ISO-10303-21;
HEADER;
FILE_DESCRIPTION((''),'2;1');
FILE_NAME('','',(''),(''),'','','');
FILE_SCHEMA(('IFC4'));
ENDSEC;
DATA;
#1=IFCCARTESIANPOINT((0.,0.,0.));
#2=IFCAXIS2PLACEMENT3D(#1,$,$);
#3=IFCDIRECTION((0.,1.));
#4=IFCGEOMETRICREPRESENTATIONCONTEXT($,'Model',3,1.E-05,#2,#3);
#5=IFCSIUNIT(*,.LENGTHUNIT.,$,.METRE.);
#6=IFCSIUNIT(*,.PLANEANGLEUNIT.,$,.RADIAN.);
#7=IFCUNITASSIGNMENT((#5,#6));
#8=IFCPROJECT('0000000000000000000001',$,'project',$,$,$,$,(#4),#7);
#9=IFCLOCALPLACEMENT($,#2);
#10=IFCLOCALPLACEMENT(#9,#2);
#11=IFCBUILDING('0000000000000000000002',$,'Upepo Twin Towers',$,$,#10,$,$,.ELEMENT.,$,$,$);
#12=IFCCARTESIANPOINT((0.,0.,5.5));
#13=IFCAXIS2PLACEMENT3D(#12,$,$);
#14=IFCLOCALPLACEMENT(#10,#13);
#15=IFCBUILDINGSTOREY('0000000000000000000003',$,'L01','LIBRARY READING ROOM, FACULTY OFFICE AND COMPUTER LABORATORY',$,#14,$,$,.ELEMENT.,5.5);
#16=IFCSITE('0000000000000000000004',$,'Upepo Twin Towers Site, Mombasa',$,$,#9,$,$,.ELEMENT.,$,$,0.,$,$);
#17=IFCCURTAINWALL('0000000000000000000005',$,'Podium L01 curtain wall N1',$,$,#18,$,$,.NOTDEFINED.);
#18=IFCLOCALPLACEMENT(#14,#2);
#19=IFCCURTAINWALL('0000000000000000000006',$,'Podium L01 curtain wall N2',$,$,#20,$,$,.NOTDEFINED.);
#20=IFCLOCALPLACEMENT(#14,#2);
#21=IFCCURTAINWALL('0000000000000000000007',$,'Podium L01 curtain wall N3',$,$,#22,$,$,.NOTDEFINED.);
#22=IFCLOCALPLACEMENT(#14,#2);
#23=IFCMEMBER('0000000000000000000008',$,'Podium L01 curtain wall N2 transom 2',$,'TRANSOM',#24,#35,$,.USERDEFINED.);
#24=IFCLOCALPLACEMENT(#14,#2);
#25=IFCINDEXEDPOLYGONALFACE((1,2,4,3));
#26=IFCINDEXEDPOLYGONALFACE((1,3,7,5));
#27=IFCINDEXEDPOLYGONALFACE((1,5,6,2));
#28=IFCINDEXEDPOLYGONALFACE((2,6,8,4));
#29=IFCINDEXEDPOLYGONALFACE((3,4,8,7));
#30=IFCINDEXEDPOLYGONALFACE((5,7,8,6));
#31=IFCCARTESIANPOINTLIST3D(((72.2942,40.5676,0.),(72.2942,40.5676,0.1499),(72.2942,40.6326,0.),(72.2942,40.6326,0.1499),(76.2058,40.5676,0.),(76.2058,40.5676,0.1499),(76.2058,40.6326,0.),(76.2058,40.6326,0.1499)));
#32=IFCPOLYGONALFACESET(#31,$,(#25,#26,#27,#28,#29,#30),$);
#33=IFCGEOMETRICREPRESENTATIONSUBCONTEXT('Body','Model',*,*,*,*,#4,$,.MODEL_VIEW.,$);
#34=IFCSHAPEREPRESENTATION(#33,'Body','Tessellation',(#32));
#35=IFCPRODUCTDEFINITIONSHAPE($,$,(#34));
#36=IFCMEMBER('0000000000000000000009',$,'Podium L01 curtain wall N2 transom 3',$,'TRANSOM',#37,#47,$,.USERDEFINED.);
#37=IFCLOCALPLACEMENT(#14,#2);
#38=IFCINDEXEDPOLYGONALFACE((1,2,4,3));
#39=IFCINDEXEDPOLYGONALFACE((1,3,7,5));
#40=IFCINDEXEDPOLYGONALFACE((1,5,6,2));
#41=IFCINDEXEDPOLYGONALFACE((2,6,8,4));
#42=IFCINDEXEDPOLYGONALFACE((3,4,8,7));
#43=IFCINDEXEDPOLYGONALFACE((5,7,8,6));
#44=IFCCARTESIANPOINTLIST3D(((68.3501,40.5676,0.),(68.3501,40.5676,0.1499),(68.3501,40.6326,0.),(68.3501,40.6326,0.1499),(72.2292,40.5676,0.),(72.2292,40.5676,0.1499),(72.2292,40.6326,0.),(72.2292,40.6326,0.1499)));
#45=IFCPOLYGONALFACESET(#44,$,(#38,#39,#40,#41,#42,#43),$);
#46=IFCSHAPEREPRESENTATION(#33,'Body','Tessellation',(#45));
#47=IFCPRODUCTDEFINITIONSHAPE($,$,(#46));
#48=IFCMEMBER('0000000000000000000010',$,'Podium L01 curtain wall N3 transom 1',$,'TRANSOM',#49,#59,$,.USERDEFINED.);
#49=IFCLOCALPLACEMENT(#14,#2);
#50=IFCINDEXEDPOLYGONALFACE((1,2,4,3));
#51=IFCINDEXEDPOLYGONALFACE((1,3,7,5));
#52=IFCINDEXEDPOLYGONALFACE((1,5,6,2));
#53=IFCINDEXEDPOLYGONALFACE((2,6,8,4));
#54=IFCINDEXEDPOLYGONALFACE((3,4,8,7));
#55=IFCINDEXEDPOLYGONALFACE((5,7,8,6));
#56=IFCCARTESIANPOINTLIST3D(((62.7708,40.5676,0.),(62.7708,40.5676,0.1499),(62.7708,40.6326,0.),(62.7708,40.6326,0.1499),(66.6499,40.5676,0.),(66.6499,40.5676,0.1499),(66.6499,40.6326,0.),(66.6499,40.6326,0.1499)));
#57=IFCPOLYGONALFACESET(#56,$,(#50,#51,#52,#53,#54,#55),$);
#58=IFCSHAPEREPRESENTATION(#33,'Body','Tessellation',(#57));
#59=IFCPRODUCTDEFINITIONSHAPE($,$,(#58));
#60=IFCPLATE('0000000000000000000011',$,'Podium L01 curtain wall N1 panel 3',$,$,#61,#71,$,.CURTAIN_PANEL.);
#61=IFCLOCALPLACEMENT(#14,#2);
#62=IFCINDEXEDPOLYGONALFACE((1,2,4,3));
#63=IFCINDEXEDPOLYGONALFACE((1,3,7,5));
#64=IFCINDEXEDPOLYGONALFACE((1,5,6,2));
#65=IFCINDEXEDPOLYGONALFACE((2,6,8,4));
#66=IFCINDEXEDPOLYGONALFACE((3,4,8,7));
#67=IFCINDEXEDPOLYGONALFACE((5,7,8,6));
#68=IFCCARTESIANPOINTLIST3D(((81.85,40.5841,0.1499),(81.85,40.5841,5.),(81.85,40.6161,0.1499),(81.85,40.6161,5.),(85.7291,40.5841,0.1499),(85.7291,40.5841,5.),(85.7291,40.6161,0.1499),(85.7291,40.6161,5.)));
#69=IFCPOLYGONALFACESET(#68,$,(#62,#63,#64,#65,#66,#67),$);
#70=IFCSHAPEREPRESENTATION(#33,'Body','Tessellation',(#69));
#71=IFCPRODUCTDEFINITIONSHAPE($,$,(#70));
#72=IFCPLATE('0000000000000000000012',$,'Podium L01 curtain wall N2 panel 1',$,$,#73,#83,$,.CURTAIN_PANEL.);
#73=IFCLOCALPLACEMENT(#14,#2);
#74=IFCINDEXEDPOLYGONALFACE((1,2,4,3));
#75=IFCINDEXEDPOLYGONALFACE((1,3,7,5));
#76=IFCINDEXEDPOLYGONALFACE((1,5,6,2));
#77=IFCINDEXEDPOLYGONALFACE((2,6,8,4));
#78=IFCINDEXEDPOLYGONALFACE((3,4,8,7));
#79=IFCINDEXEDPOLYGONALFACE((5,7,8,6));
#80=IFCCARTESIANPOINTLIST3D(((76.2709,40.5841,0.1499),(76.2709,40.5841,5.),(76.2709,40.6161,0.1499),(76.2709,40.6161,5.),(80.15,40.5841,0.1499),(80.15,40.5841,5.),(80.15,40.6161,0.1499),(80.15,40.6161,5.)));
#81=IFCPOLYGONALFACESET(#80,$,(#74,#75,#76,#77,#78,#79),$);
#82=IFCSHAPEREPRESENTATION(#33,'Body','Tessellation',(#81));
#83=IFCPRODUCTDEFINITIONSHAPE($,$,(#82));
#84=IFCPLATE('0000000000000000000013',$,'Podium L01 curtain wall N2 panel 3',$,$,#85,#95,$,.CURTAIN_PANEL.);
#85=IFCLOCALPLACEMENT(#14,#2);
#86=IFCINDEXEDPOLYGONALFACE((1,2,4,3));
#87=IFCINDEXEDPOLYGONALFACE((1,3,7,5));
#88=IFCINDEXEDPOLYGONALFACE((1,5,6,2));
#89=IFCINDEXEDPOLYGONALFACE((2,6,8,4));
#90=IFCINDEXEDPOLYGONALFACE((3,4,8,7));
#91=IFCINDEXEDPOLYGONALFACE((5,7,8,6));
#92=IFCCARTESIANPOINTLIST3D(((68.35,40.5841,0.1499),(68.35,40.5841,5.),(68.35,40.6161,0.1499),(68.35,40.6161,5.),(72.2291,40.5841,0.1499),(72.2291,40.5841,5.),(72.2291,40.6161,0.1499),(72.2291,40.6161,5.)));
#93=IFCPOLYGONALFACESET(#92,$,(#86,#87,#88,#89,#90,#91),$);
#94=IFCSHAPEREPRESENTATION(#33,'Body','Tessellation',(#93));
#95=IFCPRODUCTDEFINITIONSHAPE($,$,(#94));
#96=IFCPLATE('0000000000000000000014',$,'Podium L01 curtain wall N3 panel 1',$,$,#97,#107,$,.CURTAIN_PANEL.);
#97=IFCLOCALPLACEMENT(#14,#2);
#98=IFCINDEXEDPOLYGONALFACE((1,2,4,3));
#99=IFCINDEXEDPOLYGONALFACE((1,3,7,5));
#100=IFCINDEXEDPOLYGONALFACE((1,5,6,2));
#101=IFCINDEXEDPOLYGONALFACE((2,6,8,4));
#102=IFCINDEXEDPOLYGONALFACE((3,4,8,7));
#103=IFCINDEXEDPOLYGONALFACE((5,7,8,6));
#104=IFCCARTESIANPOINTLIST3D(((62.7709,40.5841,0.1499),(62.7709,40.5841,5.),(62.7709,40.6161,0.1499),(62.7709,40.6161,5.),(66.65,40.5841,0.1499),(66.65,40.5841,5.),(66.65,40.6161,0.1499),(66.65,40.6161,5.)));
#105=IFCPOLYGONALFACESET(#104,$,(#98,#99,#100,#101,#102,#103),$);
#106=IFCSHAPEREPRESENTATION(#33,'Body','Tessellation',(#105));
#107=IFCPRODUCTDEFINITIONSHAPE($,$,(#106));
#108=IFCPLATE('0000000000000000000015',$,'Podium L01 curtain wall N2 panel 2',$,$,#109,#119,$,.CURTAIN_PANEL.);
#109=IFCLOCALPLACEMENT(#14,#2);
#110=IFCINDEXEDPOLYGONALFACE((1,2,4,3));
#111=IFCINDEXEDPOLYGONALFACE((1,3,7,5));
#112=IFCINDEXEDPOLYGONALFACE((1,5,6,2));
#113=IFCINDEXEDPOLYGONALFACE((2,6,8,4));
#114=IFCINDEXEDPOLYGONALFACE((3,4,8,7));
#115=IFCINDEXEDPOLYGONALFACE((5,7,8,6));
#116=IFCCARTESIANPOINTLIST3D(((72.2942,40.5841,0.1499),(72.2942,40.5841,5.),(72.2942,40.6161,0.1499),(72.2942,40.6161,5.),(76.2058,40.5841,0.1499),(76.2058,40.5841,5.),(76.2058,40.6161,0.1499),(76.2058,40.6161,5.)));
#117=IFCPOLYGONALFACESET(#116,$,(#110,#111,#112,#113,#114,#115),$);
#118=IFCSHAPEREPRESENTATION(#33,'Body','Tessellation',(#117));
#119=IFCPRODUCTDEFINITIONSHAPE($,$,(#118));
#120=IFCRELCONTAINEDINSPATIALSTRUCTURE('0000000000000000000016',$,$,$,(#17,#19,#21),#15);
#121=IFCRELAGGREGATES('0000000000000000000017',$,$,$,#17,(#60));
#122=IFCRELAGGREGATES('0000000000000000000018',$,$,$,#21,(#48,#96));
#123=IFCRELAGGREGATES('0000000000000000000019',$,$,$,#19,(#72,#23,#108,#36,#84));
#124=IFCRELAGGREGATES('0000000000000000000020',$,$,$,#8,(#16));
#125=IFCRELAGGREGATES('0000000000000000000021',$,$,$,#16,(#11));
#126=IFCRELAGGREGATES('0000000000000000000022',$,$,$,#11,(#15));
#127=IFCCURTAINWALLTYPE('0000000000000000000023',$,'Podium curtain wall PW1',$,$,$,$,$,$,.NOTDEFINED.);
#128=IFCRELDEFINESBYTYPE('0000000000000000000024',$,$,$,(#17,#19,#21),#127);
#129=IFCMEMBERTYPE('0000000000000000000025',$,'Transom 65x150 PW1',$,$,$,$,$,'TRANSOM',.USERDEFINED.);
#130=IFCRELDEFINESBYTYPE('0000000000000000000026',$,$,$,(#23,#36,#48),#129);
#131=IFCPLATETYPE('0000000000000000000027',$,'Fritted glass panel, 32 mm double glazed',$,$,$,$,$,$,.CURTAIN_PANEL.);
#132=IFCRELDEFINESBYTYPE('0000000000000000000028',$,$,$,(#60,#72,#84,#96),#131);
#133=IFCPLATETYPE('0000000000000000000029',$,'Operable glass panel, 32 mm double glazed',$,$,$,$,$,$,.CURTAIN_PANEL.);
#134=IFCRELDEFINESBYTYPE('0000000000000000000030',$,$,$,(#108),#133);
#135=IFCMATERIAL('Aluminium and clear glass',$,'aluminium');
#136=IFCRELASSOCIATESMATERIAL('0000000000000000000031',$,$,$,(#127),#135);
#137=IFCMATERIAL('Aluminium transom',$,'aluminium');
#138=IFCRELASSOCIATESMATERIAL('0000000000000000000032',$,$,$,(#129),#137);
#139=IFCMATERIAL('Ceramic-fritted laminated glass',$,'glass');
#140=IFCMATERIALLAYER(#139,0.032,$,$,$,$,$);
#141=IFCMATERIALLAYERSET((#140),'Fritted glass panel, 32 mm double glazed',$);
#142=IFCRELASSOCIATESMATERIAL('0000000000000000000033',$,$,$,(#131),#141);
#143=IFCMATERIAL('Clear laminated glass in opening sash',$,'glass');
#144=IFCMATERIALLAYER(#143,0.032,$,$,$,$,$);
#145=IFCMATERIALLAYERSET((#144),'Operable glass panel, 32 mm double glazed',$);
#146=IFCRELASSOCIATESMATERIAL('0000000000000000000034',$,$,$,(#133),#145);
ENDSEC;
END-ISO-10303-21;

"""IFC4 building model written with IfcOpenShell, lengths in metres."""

from ifc_helpers import new_model, si_unit, direction, frame, origin, origin_2d, place, context, subcontext, project, spatial, rectangle, extrude, material, layer, layer_set, material_profile, profile_set, type_object, element, aggregate, save


model = new_model("IFC4")

# Units and contexts
model_context = context("Model", 3, precision=1e-05, world=origin(), true_north=direction((0.0, 1.0)))
body_context = subcontext(model_context, "Body", "Model", "MODEL_VIEW")
ifc_project = project(units=[si_unit("LENGTHUNIT", "METRE"), si_unit("PLANEANGLEUNIT", "RADIAN")], contexts=[model_context])

# Site, building, storey
site_placement = place(None, origin())
site = spatial("IfcSite", under=ifc_project, at=site_placement, Name="Upepo Twin Towers Site, Mombasa", CompositionType="ELEMENT", RefElevation=0.0)
building_placement = place(site_placement, origin())
building = spatial("IfcBuilding", under=site, at=building_placement, Name="Upepo Twin Towers", CompositionType="ELEMENT")
storey_placement = place(building_placement, frame((0.0, 0.0, 5.5)))
storey = spatial("IfcBuildingStorey", under=building, at=storey_placement, Name="L01", Description="LIBRARY READING ROOM, FACULTY OFFICE AND COMPUTER LABORATORY", CompositionType="ELEMENT", Elevation=5.5)

# Curtain wall
ifc_material_1 = material(Name="Aluminium and clear glass", Category="aluminium")
curtain_wall_type = type_object("IfcCurtainWallType", Name="Podium curtain wall PW1", PredefinedType="NOTDEFINED", material=ifc_material_1)
curtain_wall_1_placement = place(storey_placement, origin())
curtain_wall_1 = element("IfcCurtainWall", 1, at=curtain_wall_1_placement, inside=storey, type_object=curtain_wall_type, Name="Podium L01 curtain wall N1", PredefinedType="NOTDEFINED")

# Curtain wall
curtain_wall_2_placement = place(storey_placement, origin())
curtain_wall_2 = element("IfcCurtainWall", 2, at=curtain_wall_2_placement, inside=storey, type_object=curtain_wall_type, Name="Podium L01 curtain wall N2", PredefinedType="NOTDEFINED")

# Curtain wall
curtain_wall_3_placement = place(storey_placement, origin())
curtain_wall_3 = element("IfcCurtainWall", 3, at=curtain_wall_3_placement, inside=storey, type_object=curtain_wall_type, Name="Podium L01 curtain wall N3", PredefinedType="NOTDEFINED")

# Members
ifc_material_2 = material(Name="Aluminium transom", Category="aluminium")
ifc_material_profile_1 = material_profile(ifc_material_2, rectangle(XDim=0.0649, YDim=0.1499, at=origin_2d()), Name="TRANSOM 65x150 PODIUM")
ifc_profile_set_1 = profile_set([ifc_material_profile_1], Name="Aluminium transom")
member_type_1 = type_object("IfcMemberType", Name="Transom 65x150 PW1", ElementType="TRANSOM", PredefinedType="USERDEFINED", material=ifc_profile_set_1)
member_1_placement = place(storey_placement, frame((76.2058, 40.6001, 0.075), z_axis=(-1.0, 0.0, 0.0), x_axis=(0.0, -1.0, 0.0)))
member_1 = element("IfcMember", 4, at=member_1_placement, type_object=member_type_1, Name="Podium L01 curtain wall N2 transom 2", ObjectType="TRANSOM", PredefinedType="USERDEFINED", context=body_context, shape_type="SweptSolid", body=[
    extrude(rectangle(XDim=0.0649, YDim=0.1499, at=origin_2d()), origin(), (0.0, 0.0, 1.0), 3.9116),
])
member_2_placement = place(storey_placement, frame((72.2292, 40.6001, 0.075), z_axis=(-1.0, 0.0, 0.0), x_axis=(0.0, -1.0, 0.0)))
member_2 = element("IfcMember", 5, at=member_2_placement, type_object=member_type_1, Name="Podium L01 curtain wall N2 transom 3", ObjectType="TRANSOM", PredefinedType="USERDEFINED", context=body_context, shape_type="SweptSolid", body=[
    extrude(rectangle(XDim=0.0649, YDim=0.1499, at=origin_2d()), origin(), (0.0, 0.0, 1.0), 3.8792),
])
member_3_placement = place(storey_placement, frame((66.6499, 40.6001, 0.075), z_axis=(-1.0, 0.0, 0.0), x_axis=(0.0, -1.0, 0.0)))
member_3 = element("IfcMember", 6, at=member_3_placement, type_object=member_type_1, Name="Podium L01 curtain wall N3 transom 1", ObjectType="TRANSOM", PredefinedType="USERDEFINED", context=body_context, shape_type="SweptSolid", body=[
    extrude(rectangle(XDim=0.0649, YDim=0.1499, at=origin_2d()), origin(), (0.0, 0.0, 1.0), 3.8792),
])

# Plates
ifc_material_3 = material(Name="Ceramic-fritted laminated glass", Category="glass")
ifc_layer_1 = layer(ifc_material_3, 0.032)
ifc_layer_set_1 = layer_set([ifc_layer_1], Name="Fritted glass panel, 32 mm double glazed")
plate_type_1 = type_object("IfcPlateType", Name="Fritted glass panel, 32 mm double glazed", PredefinedType="CURTAIN_PANEL", material=ifc_layer_set_1)
plate_1_placement = place(storey_placement, frame((83.7896, 40.6001, 0.1499), z_axis=(0.0, 0.0, 1.0), x_axis=(-1.0, 0.0, 0.0)))
plate_1 = element("IfcPlate", 7, at=plate_1_placement, type_object=plate_type_1, Name="Podium L01 curtain wall N1 panel 3", PredefinedType="CURTAIN_PANEL", context=body_context, shape_type="SweptSolid", body=[
    extrude(rectangle(XDim=3.8792, YDim=0.032, at=origin_2d()), origin(), (0.0, 0.0, 1.0), 4.8501),
])
aggregate(curtain_wall_1, [plate_1])
plate_2_placement = place(storey_placement, frame((78.2104, 40.6001, 0.1499), z_axis=(0.0, 0.0, 1.0), x_axis=(-1.0, 0.0, 0.0)))
plate_2 = element("IfcPlate", 8, at=plate_2_placement, type_object=plate_type_1, Name="Podium L01 curtain wall N2 panel 1", PredefinedType="CURTAIN_PANEL", context=body_context, shape_type="SweptSolid", body=[
    extrude(rectangle(XDim=3.8792, YDim=0.032, at=origin_2d()), origin(), (0.0, 0.0, 1.0), 4.8501),
])
plate_3_placement = place(storey_placement, frame((70.2896, 40.6001, 0.1499), z_axis=(0.0, 0.0, 1.0), x_axis=(-1.0, 0.0, 0.0)))
plate_3 = element("IfcPlate", 9, at=plate_3_placement, type_object=plate_type_1, Name="Podium L01 curtain wall N2 panel 3", PredefinedType="CURTAIN_PANEL", context=body_context, shape_type="SweptSolid", body=[
    extrude(rectangle(XDim=3.8792, YDim=0.032, at=origin_2d()), origin(), (0.0, 0.0, 1.0), 4.8501),
])
plate_4_placement = place(storey_placement, frame((64.7104, 40.6001, 0.1499), z_axis=(0.0, 0.0, 1.0), x_axis=(-1.0, 0.0, 0.0)))
plate_4 = element("IfcPlate", 10, at=plate_4_placement, type_object=plate_type_1, Name="Podium L01 curtain wall N3 panel 1", PredefinedType="CURTAIN_PANEL", context=body_context, shape_type="SweptSolid", body=[
    extrude(rectangle(XDim=3.8792, YDim=0.032, at=origin_2d()), origin(), (0.0, 0.0, 1.0), 4.8501),
])
aggregate(curtain_wall_3, [member_3, plate_4])
ifc_material_4 = material(Name="Clear laminated glass in opening sash", Category="glass")
ifc_layer_2 = layer(ifc_material_4, 0.032)
ifc_layer_set_2 = layer_set([ifc_layer_2], Name="Operable glass panel, 32 mm double glazed")
plate_type_2 = type_object("IfcPlateType", Name="Operable glass panel, 32 mm double glazed", PredefinedType="CURTAIN_PANEL", material=ifc_layer_set_2)
plate_5_placement = place(storey_placement, frame((74.25, 40.6001, 0.1499), z_axis=(0.0, 0.0, 1.0), x_axis=(-1.0, 0.0, 0.0)))
plate_5 = element("IfcPlate", 11, at=plate_5_placement, type_object=plate_type_2, Name="Podium L01 curtain wall N2 panel 2", PredefinedType="CURTAIN_PANEL", context=body_context, shape_type="SweptSolid", body=[
    extrude(rectangle(XDim=3.9116, YDim=0.032, at=origin_2d()), origin(), (0.0, 0.0, 1.0), 4.8501),
])
aggregate(curtain_wall_2, [plate_2, member_1, plate_5, member_2, plate_3])

save(model, "model.ifc")
